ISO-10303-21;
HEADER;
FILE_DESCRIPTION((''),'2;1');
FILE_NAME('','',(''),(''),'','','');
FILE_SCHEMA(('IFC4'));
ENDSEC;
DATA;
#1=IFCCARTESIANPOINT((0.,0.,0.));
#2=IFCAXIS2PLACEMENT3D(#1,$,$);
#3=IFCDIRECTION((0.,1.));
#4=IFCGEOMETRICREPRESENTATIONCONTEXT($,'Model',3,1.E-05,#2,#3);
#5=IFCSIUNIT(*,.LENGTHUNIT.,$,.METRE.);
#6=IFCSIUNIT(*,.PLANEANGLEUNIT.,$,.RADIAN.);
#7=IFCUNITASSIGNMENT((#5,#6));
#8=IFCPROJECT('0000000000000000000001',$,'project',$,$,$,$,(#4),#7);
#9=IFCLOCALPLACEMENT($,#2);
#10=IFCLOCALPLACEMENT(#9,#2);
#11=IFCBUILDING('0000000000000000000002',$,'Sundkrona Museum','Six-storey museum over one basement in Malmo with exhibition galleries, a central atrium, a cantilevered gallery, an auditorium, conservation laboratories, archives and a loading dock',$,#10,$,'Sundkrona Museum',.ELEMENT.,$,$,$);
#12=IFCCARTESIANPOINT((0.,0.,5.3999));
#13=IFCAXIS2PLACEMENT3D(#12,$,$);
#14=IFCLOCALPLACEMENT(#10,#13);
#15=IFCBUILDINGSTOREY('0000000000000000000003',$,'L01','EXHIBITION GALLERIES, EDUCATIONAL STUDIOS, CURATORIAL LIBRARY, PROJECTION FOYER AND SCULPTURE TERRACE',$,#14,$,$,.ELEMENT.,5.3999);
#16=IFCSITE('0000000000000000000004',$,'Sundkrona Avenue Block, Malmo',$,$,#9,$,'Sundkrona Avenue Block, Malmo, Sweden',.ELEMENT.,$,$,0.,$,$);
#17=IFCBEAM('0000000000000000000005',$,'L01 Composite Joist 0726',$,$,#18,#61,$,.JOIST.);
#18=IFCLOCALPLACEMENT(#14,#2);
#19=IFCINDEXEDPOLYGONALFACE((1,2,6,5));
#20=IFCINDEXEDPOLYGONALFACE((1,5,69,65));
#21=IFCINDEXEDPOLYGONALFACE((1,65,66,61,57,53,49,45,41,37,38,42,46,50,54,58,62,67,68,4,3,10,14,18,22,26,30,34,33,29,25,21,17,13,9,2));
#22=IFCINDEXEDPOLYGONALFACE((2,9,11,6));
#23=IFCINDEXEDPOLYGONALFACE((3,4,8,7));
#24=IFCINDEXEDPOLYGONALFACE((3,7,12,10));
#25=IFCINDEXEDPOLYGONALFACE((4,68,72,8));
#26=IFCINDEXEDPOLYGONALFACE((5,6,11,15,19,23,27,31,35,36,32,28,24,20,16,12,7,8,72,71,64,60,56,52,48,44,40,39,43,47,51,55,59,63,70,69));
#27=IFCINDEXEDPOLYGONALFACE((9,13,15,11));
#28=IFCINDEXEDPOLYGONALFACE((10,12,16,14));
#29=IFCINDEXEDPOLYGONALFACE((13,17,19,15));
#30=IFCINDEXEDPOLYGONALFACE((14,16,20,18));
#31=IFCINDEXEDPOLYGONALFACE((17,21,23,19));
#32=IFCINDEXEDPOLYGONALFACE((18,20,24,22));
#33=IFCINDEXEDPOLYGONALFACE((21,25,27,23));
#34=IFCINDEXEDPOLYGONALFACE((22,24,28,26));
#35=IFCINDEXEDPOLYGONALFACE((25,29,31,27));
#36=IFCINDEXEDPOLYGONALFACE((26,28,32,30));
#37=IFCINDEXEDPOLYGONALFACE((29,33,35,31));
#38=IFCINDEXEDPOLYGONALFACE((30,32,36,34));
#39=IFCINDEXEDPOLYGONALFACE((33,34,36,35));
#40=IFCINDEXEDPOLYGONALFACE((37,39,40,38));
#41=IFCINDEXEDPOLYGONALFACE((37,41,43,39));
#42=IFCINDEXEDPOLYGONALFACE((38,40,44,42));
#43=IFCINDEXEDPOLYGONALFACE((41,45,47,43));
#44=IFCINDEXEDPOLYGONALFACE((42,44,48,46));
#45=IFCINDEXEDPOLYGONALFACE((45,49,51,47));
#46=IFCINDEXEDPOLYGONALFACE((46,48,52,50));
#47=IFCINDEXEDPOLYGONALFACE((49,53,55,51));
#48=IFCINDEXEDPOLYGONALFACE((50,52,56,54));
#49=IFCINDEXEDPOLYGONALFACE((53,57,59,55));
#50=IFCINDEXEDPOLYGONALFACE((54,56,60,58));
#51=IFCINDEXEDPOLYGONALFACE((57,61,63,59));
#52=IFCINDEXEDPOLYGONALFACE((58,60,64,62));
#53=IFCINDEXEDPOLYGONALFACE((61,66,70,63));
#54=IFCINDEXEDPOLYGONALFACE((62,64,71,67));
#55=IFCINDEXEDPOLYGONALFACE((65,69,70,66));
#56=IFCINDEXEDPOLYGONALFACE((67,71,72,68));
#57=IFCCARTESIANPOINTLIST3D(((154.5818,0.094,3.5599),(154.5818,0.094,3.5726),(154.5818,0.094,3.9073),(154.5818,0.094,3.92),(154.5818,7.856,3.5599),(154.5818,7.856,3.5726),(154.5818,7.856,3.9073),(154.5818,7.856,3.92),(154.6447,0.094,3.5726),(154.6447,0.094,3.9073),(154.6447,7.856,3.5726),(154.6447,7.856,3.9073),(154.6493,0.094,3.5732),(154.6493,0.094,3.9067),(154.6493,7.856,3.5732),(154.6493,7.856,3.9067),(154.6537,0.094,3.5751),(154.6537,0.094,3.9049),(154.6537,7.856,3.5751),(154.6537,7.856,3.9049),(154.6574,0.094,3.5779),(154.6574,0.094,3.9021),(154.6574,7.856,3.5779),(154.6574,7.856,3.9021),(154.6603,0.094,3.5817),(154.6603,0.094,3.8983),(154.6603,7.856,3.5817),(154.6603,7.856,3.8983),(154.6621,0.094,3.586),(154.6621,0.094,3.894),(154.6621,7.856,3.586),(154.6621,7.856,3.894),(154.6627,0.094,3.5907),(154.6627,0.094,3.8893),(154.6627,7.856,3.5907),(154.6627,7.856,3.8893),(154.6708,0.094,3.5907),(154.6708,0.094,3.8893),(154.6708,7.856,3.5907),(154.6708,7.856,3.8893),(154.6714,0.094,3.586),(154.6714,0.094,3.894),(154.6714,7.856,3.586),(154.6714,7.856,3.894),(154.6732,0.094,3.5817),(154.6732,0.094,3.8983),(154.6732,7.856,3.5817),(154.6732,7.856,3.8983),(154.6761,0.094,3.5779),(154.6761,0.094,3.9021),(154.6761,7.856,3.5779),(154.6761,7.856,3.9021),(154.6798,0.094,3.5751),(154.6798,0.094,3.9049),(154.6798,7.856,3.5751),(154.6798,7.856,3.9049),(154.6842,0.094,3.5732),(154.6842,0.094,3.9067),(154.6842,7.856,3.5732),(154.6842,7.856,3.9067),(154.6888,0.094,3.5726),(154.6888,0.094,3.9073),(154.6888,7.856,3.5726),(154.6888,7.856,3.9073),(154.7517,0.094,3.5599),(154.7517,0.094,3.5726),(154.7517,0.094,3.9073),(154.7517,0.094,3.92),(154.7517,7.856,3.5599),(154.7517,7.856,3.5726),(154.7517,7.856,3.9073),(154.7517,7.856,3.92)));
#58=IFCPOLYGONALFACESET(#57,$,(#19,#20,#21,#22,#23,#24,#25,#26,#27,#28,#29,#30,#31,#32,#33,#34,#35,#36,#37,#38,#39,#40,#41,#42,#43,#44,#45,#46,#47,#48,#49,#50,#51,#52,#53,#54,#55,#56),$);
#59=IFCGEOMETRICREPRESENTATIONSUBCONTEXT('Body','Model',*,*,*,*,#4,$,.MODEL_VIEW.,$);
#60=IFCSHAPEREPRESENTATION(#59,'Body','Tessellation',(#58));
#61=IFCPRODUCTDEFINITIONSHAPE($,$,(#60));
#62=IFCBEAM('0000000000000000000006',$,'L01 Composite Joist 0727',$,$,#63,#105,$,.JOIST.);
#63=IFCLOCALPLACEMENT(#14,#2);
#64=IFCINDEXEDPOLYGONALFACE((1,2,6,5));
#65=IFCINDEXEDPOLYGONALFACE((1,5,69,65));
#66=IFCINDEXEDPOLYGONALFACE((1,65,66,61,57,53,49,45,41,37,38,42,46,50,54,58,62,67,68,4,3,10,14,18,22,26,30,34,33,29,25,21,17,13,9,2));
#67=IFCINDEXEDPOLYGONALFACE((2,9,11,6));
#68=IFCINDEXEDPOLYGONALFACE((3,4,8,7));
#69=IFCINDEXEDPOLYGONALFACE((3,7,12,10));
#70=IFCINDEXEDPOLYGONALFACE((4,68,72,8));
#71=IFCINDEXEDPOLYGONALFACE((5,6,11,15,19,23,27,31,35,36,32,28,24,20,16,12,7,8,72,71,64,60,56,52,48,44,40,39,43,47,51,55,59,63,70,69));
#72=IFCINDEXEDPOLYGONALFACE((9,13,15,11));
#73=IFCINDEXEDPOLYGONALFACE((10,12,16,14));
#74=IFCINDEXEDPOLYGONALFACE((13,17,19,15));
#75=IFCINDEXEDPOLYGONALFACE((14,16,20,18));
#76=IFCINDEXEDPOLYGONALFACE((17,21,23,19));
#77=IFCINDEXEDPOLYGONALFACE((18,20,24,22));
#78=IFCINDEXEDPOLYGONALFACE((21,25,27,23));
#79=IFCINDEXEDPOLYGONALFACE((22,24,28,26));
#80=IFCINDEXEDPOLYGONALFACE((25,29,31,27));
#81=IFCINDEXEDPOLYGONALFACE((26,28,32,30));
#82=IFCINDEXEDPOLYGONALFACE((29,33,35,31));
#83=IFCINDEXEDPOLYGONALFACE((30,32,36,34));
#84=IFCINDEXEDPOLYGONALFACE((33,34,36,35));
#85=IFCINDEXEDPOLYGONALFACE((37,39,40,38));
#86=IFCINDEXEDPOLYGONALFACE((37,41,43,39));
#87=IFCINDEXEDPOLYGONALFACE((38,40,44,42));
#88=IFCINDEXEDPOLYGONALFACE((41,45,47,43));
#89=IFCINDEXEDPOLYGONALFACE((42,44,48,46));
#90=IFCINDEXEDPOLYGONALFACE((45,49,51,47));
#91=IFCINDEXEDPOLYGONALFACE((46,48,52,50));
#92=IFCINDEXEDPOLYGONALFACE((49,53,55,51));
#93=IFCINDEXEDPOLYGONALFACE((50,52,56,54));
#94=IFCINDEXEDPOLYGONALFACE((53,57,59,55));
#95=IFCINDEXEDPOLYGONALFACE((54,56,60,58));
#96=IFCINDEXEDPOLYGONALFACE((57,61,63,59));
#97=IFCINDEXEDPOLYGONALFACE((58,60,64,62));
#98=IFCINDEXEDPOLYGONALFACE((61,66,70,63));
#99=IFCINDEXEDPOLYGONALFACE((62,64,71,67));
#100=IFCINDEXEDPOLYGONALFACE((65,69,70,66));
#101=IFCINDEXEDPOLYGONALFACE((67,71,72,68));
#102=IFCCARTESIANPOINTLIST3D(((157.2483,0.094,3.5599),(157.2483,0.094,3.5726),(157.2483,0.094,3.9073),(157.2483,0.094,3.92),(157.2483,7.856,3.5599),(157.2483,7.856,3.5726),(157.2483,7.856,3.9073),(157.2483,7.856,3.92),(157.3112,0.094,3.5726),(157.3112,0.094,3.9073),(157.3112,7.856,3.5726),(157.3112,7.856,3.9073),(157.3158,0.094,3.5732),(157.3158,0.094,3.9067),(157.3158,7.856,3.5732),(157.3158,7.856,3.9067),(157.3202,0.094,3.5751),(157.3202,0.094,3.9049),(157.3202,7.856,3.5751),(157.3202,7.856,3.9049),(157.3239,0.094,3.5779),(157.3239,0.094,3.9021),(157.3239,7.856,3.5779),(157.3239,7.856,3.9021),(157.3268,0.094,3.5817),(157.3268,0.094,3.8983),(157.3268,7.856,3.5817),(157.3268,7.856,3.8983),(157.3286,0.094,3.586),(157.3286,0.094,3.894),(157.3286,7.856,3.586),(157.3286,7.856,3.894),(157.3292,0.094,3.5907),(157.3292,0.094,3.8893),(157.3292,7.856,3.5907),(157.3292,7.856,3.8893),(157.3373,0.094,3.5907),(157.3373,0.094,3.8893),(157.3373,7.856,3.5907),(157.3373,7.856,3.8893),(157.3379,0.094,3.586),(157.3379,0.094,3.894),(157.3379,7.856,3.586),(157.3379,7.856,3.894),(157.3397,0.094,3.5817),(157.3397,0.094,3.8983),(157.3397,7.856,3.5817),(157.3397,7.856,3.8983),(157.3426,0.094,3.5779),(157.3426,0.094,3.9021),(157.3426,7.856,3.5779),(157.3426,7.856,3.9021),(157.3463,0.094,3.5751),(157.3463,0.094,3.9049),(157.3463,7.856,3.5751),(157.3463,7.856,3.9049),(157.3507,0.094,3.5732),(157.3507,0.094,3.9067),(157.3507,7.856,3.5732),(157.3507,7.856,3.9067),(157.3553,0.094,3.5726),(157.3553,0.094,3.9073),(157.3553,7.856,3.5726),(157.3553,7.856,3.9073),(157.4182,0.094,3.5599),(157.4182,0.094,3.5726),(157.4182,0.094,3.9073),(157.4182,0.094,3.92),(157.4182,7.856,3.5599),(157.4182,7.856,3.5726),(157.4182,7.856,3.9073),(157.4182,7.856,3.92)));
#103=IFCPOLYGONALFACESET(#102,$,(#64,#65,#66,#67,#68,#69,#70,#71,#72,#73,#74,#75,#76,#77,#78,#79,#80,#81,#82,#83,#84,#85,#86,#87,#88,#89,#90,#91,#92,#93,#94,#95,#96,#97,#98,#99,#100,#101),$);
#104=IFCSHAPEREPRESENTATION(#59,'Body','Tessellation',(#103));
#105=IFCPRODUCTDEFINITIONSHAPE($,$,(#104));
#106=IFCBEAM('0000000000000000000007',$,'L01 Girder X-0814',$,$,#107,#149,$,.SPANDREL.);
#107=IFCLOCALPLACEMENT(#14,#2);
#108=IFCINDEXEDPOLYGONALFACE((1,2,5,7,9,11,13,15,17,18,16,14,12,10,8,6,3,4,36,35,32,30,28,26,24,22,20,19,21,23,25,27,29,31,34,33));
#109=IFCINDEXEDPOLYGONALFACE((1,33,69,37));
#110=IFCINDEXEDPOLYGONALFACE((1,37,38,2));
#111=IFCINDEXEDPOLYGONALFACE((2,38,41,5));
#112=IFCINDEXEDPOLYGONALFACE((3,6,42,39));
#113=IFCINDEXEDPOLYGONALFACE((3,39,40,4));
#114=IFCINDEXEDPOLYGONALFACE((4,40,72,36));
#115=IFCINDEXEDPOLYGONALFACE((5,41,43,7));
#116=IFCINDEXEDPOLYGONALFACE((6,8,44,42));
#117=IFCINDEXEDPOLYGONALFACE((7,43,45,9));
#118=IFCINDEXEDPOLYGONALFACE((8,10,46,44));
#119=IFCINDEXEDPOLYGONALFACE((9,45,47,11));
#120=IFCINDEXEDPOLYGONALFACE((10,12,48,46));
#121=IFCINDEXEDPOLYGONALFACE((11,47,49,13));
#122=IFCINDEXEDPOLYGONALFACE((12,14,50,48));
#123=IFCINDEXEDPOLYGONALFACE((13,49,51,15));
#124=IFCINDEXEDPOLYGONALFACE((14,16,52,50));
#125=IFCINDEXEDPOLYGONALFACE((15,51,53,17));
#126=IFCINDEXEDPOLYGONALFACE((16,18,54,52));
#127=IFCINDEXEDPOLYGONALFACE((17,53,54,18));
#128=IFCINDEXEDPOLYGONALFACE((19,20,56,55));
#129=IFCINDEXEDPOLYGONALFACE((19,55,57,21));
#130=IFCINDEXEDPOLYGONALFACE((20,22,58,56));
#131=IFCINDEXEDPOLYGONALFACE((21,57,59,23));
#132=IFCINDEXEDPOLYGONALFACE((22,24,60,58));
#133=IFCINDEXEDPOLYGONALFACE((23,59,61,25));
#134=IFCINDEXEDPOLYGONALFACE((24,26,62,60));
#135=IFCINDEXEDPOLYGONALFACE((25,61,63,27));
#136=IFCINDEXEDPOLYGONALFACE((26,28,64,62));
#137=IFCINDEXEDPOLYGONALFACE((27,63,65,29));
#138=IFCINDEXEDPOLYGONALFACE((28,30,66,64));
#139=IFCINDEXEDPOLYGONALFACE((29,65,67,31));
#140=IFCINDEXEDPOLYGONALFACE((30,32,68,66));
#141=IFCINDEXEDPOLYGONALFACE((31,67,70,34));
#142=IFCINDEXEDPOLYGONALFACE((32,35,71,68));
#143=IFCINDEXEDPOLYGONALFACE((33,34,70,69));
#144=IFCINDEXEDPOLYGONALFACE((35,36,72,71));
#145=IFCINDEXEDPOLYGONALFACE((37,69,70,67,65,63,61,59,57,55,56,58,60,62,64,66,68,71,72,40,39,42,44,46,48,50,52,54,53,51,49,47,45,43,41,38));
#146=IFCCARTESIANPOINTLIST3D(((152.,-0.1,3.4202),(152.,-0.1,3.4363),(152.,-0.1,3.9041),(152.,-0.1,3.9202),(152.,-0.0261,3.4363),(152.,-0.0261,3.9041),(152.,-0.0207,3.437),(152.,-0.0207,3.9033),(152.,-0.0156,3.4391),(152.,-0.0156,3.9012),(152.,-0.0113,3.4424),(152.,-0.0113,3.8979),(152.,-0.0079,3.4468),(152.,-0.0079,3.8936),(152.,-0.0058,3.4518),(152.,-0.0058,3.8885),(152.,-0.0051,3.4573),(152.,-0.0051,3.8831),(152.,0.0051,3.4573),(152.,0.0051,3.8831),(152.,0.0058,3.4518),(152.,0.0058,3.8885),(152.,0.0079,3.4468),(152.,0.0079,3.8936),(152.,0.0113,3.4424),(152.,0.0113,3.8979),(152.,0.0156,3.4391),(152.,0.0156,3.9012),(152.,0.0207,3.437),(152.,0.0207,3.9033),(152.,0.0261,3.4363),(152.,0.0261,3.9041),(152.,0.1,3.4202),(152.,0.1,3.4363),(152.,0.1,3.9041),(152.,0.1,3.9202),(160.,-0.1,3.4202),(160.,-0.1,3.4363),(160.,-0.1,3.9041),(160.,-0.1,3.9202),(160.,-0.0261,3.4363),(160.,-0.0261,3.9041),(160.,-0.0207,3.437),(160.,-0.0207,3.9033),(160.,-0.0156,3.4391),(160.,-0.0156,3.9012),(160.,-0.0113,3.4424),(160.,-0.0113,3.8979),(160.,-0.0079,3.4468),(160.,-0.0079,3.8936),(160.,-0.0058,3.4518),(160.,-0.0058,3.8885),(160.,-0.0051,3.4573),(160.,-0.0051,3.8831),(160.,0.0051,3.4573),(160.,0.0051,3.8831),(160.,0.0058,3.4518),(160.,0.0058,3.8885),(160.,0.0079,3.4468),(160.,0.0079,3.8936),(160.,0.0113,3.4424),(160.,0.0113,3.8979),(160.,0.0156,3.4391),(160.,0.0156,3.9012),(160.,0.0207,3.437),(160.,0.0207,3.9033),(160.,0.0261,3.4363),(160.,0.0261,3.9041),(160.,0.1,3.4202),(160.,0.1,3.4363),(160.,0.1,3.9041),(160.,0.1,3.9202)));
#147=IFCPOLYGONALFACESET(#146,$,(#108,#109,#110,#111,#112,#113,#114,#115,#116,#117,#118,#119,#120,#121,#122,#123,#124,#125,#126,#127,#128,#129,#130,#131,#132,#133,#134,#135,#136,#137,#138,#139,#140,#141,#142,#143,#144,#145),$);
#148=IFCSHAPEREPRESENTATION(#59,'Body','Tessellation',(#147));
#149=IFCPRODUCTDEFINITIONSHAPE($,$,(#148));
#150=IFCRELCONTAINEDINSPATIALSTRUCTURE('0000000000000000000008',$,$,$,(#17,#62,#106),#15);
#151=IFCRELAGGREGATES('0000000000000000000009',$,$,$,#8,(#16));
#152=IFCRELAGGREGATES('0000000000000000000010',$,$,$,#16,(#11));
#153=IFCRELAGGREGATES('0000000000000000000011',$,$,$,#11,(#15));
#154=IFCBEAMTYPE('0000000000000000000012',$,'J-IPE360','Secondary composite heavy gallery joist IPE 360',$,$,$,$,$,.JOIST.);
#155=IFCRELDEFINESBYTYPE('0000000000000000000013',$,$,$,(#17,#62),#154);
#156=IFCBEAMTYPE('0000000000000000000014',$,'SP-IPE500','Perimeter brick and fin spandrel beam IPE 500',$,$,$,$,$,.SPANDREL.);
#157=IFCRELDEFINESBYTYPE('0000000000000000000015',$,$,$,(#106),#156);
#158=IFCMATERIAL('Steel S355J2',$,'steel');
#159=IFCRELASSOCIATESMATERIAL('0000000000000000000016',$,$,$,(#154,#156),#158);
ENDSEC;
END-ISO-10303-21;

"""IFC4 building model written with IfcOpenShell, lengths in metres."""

from ifc_helpers import new_model, si_unit, direction, frame, origin, origin_2d, place, context, subcontext, project, spatial, i_section, extrude, material, material_profile, profile_set, type_object, element, save


model = new_model("IFC4")

# Units and contexts
model_context = context("Model", 3, precision=1e-05, world=origin(), true_north=direction((0.0, 1.0)))
body_context = subcontext(model_context, "Body", "Model", "MODEL_VIEW")
ifc_project = project(units=[si_unit("LENGTHUNIT", "METRE"), si_unit("PLANEANGLEUNIT", "RADIAN")], contexts=[model_context])

# Site, building, storey
site_placement = place(None, origin())
site = spatial("IfcSite", under=ifc_project, at=site_placement, Name="Sundkrona Avenue Block, Malmo", LongName="Sundkrona Avenue Block, Malmo, Sweden", CompositionType="ELEMENT", RefElevation=0.0)
building_placement = place(site_placement, origin())
building = spatial("IfcBuilding", under=site, at=building_placement, Name="Sundkrona Museum", Description="Six-storey museum over one basement in Malmo with exhibition galleries, a central atrium, a cantilevered gallery, an auditorium, conservation laboratories, archives and a loading dock", LongName="Sundkrona Museum", CompositionType="ELEMENT")
storey_placement = place(building_placement, frame((0.0, 0.0, 5.3999)))
storey = spatial("IfcBuildingStorey", under=building, at=storey_placement, Name="L01", Description="EXHIBITION GALLERIES, EDUCATIONAL STUDIOS, CURATORIAL LIBRARY, PROJECTION FOYER AND SCULPTURE TERRACE", CompositionType="ELEMENT", Elevation=5.3999)

# Shared definitions
ifc_material_1 = material(Name="Steel S355J2", Category="steel")

# Beams
ifc_material_profile_1 = material_profile(ifc_material_1, i_section(OverallWidth=0.1699, OverallDepth=0.3601, WebThickness=0.0081, FlangeThickness=0.0127, FilletRadius=0.0181, at=origin_2d()), Name="IPE 360")
ifc_profile_set_1 = profile_set([ifc_material_profile_1], Name="Steel S355J2")
beam_type_1 = type_object("IfcBeamType", Name="J-IPE360", Description="Secondary composite heavy gallery joist IPE 360", PredefinedType="JOIST", material=ifc_profile_set_1)
for number, where, z_axis, x_axis, name in (
    (1, (154.6667, 0.094, 3.74), (0.0, 1.0, 0.0), (-1.0, 0.0, 0.0), "L01 Composite Joist 0726"),
    (2, (157.3333, 0.094, 3.74), (0.0, 1.0, 0.0), (-1.0, 0.0, 0.0), "L01 Composite Joist 0727"),
):
    element("IfcBeam", number, at=place(storey_placement, frame(where, z_axis=z_axis, x_axis=x_axis)), inside=storey, type_object=beam_type_1, Name=name, PredefinedType="JOIST", context=body_context, shape_type="SweptSolid", body=[
        extrude(i_section(OverallWidth=0.1699, OverallDepth=0.3601, WebThickness=0.0081, FlangeThickness=0.0127, FilletRadius=0.0181, at=origin_2d()), origin(), (0.0, 0.0, 1.0), 7.762),
    ])
ifc_material_profile_2 = material_profile(ifc_material_1, i_section(OverallWidth=0.2, OverallDepth=0.5, WebThickness=0.0103, FlangeThickness=0.0161, FilletRadius=0.021, at=origin_2d()), Name="IPE 500")
ifc_profile_set_2 = profile_set([ifc_material_profile_2], Name="Steel S355J2")
beam_type_2 = type_object("IfcBeamType", Name="SP-IPE500", Description="Perimeter brick and fin spandrel beam IPE 500", PredefinedType="SPANDREL", material=ifc_profile_set_2)
beam_1_placement = place(storey_placement, frame((152.0, 0.0, 3.6702), z_axis=(1.0, 0.0, 0.0), x_axis=(0.0, 1.0, 0.0)))
element("IfcBeam", 3, at=beam_1_placement, inside=storey, type_object=beam_type_2, Name="L01 Girder X-0814", PredefinedType="SPANDREL", context=body_context, shape_type="SweptSolid", body=[
    extrude(i_section(OverallWidth=0.2, OverallDepth=0.5, WebThickness=0.0103, FlangeThickness=0.0161, FilletRadius=0.021, at=origin_2d()), origin(), (0.0, 0.0, 1.0), 8.0),
])

save(model, "model.ifc")
